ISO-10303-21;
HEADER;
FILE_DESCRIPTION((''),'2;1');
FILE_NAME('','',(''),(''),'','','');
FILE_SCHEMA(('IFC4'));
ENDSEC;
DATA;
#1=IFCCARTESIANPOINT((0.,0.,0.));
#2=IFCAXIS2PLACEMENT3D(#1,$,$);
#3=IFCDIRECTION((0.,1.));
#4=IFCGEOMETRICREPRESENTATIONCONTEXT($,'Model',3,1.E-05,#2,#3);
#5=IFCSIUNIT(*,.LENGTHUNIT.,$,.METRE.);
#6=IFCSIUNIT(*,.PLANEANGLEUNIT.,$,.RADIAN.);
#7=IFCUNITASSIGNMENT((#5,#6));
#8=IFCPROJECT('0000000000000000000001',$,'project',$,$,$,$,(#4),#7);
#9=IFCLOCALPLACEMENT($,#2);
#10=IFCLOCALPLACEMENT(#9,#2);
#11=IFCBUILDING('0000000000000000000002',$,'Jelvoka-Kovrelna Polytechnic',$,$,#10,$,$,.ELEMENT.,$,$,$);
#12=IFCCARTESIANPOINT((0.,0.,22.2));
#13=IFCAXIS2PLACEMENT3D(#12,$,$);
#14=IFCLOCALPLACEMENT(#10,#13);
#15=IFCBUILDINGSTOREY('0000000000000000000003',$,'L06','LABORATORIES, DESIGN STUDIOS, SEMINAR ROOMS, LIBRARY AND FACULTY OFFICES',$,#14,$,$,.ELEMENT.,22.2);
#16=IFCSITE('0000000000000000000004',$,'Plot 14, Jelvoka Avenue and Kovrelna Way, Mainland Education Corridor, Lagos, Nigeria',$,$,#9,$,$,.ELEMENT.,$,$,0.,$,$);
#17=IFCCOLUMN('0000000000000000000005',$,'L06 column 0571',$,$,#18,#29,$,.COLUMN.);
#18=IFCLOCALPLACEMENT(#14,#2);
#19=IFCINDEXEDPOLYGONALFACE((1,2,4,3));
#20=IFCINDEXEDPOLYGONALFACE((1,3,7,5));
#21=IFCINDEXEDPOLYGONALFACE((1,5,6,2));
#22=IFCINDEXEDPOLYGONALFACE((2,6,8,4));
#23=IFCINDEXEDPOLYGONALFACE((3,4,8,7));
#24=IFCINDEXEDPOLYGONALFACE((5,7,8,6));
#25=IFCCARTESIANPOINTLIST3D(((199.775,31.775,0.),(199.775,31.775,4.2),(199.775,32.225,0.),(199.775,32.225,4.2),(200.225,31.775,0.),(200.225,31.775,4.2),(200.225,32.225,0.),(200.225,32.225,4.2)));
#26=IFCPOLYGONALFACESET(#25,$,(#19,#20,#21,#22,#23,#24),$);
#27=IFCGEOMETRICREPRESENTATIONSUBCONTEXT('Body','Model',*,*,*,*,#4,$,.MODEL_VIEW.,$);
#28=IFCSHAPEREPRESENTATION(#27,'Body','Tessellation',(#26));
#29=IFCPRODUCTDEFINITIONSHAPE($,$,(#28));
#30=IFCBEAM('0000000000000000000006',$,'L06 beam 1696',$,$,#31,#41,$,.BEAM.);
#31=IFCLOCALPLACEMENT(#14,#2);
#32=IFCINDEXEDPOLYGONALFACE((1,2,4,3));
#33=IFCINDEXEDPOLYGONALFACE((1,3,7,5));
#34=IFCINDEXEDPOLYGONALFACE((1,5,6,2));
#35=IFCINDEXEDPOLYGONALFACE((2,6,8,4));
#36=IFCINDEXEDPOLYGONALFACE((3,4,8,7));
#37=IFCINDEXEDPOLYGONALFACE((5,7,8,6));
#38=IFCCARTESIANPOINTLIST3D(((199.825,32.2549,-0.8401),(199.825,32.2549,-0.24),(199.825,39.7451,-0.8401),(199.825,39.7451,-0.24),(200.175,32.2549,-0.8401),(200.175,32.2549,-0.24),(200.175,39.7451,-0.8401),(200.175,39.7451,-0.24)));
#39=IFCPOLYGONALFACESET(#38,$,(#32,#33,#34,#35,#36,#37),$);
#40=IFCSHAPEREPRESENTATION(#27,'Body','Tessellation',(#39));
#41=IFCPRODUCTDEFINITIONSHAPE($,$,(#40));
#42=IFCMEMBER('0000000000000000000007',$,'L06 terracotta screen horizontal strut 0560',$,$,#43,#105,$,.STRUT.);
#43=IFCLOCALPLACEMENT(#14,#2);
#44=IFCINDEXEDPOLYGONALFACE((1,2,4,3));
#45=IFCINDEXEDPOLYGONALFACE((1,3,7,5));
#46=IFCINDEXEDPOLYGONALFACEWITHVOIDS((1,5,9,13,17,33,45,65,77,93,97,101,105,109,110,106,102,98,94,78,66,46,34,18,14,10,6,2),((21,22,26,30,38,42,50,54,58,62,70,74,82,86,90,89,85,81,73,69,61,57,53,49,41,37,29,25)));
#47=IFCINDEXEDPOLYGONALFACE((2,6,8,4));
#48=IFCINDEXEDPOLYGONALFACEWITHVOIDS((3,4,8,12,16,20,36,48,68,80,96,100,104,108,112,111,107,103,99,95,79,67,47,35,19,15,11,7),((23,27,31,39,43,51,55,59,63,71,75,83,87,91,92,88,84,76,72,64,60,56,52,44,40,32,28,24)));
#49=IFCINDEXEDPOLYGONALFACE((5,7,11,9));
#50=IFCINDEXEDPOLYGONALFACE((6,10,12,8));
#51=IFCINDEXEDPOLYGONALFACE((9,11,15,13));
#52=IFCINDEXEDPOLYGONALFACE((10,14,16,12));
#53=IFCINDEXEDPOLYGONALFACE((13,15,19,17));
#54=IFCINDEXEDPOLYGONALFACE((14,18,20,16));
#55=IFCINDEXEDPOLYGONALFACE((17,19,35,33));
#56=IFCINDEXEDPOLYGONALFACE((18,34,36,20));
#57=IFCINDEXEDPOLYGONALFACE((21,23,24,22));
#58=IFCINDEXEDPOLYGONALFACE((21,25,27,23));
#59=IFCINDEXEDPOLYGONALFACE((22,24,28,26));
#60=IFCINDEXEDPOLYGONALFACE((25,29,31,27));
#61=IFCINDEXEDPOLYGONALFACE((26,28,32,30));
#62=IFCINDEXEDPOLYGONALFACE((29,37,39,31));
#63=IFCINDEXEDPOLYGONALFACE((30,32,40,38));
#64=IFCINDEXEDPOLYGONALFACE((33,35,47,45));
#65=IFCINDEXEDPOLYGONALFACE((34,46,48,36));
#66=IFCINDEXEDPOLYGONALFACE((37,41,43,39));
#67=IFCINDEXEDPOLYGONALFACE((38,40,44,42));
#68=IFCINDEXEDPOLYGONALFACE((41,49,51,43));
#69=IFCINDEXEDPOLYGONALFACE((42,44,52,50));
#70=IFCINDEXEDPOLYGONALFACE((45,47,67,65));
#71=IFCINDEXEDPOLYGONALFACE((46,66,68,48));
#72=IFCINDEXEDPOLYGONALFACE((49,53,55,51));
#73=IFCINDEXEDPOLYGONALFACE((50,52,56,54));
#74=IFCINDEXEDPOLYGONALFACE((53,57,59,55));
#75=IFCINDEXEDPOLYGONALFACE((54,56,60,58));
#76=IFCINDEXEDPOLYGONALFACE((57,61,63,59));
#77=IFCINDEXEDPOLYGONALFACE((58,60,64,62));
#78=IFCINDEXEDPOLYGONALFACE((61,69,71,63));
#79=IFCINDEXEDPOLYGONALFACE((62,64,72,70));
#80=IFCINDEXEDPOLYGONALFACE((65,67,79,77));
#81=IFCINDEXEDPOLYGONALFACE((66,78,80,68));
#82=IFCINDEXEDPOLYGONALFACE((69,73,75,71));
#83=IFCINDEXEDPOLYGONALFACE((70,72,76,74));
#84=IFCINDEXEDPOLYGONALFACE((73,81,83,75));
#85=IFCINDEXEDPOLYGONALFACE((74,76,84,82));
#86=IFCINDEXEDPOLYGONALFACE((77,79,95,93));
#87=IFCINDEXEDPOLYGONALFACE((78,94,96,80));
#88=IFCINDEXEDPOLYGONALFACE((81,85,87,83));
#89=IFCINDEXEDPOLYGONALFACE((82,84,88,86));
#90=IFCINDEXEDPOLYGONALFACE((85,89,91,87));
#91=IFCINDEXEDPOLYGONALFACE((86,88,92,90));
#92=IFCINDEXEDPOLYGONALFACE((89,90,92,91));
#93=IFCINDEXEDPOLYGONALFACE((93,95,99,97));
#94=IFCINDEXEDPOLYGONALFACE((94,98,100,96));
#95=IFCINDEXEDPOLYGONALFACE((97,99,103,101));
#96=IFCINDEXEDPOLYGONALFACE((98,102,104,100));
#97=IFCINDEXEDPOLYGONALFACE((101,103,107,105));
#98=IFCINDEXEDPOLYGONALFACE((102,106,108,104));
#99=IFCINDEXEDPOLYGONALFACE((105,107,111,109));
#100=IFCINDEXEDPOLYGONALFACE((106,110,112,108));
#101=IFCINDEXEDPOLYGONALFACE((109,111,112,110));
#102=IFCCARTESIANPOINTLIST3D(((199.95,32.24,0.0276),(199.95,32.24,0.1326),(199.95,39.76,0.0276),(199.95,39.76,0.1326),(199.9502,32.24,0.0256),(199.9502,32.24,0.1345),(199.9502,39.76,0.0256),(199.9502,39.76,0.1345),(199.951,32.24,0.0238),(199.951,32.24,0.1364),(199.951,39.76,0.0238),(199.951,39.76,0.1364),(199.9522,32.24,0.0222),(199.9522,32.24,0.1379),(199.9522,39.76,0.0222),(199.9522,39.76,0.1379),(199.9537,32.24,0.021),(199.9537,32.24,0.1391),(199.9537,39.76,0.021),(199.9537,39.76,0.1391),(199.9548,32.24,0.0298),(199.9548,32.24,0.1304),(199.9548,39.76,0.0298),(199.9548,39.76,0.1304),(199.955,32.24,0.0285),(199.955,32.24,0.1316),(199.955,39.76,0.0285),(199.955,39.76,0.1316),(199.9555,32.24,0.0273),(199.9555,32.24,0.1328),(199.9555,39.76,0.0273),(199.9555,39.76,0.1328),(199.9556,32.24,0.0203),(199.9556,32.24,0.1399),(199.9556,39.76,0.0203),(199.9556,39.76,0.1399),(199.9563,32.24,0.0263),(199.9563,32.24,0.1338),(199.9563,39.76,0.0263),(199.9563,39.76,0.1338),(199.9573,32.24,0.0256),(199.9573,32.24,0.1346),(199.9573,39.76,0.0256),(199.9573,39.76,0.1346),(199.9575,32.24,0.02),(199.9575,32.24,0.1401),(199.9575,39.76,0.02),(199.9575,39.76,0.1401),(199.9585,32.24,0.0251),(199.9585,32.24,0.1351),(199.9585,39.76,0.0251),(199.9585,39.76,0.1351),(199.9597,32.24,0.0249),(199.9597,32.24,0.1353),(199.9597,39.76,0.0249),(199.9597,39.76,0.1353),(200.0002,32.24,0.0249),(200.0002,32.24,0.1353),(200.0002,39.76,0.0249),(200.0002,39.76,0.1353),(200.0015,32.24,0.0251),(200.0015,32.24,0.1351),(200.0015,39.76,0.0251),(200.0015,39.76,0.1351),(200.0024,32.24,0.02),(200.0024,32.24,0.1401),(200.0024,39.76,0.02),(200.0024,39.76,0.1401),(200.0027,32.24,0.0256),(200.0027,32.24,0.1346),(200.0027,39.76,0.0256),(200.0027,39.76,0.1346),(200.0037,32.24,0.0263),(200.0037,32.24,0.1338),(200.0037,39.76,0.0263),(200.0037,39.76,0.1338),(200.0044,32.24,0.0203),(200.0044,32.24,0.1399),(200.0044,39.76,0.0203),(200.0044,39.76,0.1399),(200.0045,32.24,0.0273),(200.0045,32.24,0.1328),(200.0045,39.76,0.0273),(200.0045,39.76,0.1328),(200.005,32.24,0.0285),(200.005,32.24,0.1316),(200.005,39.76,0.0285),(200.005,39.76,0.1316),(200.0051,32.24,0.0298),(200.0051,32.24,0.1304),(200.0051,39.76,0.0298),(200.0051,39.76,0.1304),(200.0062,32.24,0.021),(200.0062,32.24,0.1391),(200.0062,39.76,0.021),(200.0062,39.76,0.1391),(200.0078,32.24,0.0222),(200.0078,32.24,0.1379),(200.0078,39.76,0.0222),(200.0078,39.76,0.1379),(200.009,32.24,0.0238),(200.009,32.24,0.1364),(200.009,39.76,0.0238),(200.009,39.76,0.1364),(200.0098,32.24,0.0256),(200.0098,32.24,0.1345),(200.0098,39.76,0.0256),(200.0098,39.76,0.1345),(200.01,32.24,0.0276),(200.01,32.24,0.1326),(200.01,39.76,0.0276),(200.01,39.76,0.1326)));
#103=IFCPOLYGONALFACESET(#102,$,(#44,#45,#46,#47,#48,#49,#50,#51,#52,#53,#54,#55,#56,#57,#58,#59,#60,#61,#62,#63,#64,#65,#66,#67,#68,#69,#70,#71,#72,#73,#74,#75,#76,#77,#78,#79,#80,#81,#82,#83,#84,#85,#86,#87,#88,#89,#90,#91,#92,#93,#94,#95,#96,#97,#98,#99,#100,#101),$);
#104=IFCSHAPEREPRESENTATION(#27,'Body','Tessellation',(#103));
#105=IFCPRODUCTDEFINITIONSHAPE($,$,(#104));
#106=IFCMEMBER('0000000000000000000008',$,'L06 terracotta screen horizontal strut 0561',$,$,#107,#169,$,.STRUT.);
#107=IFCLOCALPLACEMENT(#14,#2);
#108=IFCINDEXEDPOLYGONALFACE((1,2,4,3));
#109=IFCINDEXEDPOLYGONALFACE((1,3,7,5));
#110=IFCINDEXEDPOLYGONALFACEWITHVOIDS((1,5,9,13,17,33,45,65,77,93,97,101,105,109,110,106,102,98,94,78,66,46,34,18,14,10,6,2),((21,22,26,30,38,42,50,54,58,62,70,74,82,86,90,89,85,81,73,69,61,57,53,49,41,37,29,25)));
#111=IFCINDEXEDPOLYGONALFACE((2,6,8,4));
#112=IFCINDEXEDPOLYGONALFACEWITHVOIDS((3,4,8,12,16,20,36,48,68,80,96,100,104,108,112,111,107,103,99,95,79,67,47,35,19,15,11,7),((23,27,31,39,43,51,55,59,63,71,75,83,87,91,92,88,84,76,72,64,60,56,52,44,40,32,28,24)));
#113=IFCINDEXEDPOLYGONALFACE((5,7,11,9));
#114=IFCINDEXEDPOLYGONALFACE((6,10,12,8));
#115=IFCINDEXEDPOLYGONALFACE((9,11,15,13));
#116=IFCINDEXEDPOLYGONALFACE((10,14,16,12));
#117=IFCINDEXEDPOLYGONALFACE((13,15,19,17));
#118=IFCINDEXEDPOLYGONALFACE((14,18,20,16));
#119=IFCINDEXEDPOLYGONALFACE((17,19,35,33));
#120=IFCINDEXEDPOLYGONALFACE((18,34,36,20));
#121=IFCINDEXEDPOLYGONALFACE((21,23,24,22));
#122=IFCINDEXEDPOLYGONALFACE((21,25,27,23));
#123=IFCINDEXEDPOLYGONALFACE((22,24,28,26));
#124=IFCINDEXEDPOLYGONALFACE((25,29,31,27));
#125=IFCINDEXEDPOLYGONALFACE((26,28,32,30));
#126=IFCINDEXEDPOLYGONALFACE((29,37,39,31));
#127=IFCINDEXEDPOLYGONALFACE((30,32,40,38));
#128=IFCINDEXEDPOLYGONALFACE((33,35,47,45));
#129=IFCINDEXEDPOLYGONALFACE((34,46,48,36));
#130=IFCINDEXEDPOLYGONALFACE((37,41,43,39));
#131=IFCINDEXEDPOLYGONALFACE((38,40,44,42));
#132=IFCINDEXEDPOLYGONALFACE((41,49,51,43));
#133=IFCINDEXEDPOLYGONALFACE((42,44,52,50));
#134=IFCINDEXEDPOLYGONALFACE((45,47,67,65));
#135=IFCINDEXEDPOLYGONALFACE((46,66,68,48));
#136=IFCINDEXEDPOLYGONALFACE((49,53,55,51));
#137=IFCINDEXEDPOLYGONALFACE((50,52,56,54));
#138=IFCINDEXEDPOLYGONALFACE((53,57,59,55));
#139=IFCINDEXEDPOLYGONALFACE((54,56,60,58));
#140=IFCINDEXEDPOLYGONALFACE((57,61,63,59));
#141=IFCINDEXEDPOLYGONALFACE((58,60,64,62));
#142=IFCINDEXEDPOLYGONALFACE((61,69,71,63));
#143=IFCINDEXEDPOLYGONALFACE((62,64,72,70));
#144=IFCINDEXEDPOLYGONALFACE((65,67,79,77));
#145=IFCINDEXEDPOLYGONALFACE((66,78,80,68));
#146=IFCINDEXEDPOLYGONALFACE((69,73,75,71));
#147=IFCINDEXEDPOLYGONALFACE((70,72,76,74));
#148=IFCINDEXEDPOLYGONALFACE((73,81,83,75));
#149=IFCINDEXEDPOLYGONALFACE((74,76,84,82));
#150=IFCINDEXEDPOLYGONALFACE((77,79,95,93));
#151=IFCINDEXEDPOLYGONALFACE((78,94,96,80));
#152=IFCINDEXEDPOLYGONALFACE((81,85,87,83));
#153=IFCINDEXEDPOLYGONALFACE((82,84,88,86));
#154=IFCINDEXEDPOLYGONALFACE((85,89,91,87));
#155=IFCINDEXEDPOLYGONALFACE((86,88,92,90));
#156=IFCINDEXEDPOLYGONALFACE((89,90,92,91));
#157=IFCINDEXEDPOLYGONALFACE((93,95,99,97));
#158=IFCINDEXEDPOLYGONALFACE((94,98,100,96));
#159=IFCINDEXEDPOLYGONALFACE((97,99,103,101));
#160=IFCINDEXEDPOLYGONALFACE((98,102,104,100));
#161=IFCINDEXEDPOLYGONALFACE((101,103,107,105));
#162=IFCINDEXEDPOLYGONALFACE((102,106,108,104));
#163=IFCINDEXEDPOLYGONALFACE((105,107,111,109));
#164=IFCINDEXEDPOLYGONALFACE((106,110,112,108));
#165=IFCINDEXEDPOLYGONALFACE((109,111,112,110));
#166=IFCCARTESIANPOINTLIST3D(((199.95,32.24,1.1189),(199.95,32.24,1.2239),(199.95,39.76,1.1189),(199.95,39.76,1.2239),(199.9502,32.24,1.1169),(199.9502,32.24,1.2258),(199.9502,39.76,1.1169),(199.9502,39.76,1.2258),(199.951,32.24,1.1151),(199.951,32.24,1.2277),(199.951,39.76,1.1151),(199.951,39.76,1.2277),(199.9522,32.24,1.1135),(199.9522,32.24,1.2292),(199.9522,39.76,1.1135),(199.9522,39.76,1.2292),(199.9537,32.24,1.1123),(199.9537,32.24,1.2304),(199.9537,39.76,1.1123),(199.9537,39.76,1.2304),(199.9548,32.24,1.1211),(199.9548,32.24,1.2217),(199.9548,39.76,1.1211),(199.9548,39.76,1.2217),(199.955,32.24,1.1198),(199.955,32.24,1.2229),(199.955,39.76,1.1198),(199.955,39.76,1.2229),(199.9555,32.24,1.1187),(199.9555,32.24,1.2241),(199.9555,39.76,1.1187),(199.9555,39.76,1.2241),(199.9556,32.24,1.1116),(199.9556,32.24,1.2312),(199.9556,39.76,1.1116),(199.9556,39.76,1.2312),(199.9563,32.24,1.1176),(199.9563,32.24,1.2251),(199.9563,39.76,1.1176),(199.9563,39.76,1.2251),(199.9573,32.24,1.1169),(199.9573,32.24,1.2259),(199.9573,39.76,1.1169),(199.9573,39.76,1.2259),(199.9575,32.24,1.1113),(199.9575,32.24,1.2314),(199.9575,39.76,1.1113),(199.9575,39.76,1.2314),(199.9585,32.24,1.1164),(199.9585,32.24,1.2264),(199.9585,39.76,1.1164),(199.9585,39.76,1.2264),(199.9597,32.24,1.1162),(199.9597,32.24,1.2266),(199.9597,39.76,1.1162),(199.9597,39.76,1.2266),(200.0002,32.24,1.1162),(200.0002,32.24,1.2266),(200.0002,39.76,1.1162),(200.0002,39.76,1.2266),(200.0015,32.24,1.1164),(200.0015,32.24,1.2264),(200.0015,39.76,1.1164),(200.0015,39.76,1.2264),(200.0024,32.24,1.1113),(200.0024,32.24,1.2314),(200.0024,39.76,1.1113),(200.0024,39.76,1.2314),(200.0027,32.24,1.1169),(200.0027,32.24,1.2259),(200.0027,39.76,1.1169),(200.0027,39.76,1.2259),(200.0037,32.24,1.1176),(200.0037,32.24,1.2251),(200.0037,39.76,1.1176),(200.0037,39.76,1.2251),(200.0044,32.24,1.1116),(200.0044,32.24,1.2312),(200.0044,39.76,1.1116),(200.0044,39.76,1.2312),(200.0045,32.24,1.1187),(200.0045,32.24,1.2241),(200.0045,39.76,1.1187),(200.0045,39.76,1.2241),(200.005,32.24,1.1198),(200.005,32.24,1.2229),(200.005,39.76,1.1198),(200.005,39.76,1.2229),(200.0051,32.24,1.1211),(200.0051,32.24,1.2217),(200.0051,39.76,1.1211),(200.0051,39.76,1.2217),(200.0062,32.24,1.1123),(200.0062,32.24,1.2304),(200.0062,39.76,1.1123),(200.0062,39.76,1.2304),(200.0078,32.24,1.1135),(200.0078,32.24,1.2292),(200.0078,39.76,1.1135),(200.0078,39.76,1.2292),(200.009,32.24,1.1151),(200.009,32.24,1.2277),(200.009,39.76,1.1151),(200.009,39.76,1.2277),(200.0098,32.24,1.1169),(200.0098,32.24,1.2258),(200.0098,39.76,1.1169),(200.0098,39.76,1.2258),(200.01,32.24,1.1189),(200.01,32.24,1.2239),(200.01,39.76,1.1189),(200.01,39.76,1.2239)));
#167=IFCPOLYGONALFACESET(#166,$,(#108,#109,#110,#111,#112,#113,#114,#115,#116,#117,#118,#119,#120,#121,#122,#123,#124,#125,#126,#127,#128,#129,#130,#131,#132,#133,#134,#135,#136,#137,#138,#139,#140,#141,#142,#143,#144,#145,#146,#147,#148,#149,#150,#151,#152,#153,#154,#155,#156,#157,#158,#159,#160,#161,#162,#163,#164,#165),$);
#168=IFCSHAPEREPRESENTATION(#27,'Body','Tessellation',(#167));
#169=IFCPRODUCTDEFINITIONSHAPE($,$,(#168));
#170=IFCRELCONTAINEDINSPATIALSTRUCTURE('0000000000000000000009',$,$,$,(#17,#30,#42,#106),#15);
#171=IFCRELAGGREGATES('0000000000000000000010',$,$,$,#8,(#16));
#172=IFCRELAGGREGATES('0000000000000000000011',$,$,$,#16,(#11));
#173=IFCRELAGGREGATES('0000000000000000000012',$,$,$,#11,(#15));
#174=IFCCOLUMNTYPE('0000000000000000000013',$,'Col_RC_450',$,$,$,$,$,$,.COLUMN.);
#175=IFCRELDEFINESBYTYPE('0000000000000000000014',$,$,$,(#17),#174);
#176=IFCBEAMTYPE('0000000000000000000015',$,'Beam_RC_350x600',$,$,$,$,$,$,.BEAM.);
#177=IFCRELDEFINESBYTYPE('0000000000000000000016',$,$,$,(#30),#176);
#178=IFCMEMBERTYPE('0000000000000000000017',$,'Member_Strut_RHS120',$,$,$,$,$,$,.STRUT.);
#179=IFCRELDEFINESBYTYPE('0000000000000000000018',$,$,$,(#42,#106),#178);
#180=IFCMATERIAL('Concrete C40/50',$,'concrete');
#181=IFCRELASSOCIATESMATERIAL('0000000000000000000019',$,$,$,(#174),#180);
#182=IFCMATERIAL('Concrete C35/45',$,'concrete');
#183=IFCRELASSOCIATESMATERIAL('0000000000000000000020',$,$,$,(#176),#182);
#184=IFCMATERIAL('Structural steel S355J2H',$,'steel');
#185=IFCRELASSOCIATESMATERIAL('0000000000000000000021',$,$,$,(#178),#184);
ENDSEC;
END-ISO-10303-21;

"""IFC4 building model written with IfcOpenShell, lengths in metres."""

from ifc_helpers import new_model, si_unit, direction, frame, origin, origin_2d, place, context, subcontext, project, spatial, rectangle, hollow_rectangle, extrude, material, material_profile, profile_set, type_object, element, save


model = new_model("IFC4")

# Units and contexts
model_context = context("Model", 3, precision=1e-05, world=origin(), true_north=direction((0.0, 1.0)))
body_context = subcontext(model_context, "Body", "Model", "MODEL_VIEW")
ifc_project = project(units=[si_unit("LENGTHUNIT", "METRE"), si_unit("PLANEANGLEUNIT", "RADIAN")], contexts=[model_context])

# Site, building, storey
site_placement = place(None, origin())
site = spatial("IfcSite", under=ifc_project, at=site_placement, Name="Plot 14, Jelvoka Avenue and Kovrelna Way, Mainland Education Corridor, Lagos, Nigeria", CompositionType="ELEMENT", RefElevation=0.0)
building_placement = place(site_placement, origin())
building = spatial("IfcBuilding", under=site, at=building_placement, Name="Jelvoka-Kovrelna Polytechnic", CompositionType="ELEMENT")
storey_placement = place(building_placement, frame((0.0, 0.0, 22.2)))
storey = spatial("IfcBuildingStorey", under=building, at=storey_placement, Name="L06", Description="LABORATORIES, DESIGN STUDIOS, SEMINAR ROOMS, LIBRARY AND FACULTY OFFICES", CompositionType="ELEMENT", Elevation=22.2)

# Column
ifc_material_1 = material(Name="Concrete C40/50", Category="concrete")
ifc_material_profile_1 = material_profile(ifc_material_1, rectangle(XDim=0.45, YDim=0.45, at=origin_2d()), Name="RC 450x450")
ifc_profile_set_1 = profile_set([ifc_material_profile_1], Name="Concrete C40/50")
column_type = type_object("IfcColumnType", Name="Col_RC_450", PredefinedType="COLUMN", material=ifc_profile_set_1)
column_placement = place(storey_placement, frame((200.0, 32.0, 0.0), z_axis=(0.0, 0.0, 1.0), x_axis=(1.0, 0.0, 0.0)))
element("IfcColumn", 1, at=column_placement, inside=storey, type_object=column_type, Name="L06 column 0571", PredefinedType="COLUMN", context=body_context, shape_type="SweptSolid", body=[
    extrude(rectangle(XDim=0.45, YDim=0.45, at=origin_2d()), origin(), (0.0, 0.0, 1.0), 4.2),
])

# Beam
ifc_material_2 = material(Name="Concrete C35/45", Category="concrete")
ifc_material_profile_2 = material_profile(ifc_material_2, rectangle(XDim=0.3501, YDim=0.6001, at=origin_2d()), Name="RC 350x600")
ifc_profile_set_2 = profile_set([ifc_material_profile_2], Name="Concrete C35/45")
beam_type = type_object("IfcBeamType", Name="Beam_RC_350x600", PredefinedType="BEAM", material=ifc_profile_set_2)
beam_placement = place(storey_placement, frame((200.0, 32.2549, -0.54), z_axis=(0.0, 1.0, 0.0), x_axis=(-1.0, 0.0, 0.0)))
element("IfcBeam", 2, at=beam_placement, inside=storey, type_object=beam_type, Name="L06 beam 1696", PredefinedType="BEAM", context=body_context, shape_type="SweptSolid", body=[
    extrude(rectangle(XDim=0.3501, YDim=0.6001, at=origin_2d()), origin(), (0.0, 0.0, 1.0), 7.4902),
])

# Members
ifc_material_3 = material(Name="Structural steel S355J2H", Category="steel")
ifc_material_profile_3 = material_profile(ifc_material_3, hollow_rectangle(XDim=0.0601, YDim=0.1201, WallThickness=0.0049, InnerFilletRadius=0.0049, OuterFilletRadius=0.0076, at=origin_2d()), Name="120x60x5.0 RHS")
ifc_profile_set_3 = profile_set([ifc_material_profile_3], Name="Structural steel S355J2H")
member_type_1 = type_object("IfcMemberType", Name="Member_Strut_RHS120", PredefinedType="STRUT", material=ifc_profile_set_3)
for number, where, z_axis, x_axis, name in (
    (3, (199.98, 32.24, 0.0801), (0.0, 1.0, 0.0), (-1.0, 0.0, 0.0), "L06 terracotta screen horizontal strut 0560"),
    (4, (199.98, 32.24, 1.1714), (0.0, 1.0, 0.0), (-1.0, 0.0, 0.0), "L06 terracotta screen horizontal strut 0561"),
):
    element("IfcMember", number, at=place(storey_placement, frame(where, z_axis=z_axis, x_axis=x_axis)), inside=storey, type_object=member_type_1, Name=name, PredefinedType="STRUT", context=body_context, shape_type="SweptSolid", body=[
        extrude(hollow_rectangle(XDim=0.0601, YDim=0.1201, WallThickness=0.0049, InnerFilletRadius=0.0049, OuterFilletRadius=0.0076, at=origin_2d()), origin(), (0.0, 0.0, 1.0), 7.52),
    ])

save(model, "model.ifc")
